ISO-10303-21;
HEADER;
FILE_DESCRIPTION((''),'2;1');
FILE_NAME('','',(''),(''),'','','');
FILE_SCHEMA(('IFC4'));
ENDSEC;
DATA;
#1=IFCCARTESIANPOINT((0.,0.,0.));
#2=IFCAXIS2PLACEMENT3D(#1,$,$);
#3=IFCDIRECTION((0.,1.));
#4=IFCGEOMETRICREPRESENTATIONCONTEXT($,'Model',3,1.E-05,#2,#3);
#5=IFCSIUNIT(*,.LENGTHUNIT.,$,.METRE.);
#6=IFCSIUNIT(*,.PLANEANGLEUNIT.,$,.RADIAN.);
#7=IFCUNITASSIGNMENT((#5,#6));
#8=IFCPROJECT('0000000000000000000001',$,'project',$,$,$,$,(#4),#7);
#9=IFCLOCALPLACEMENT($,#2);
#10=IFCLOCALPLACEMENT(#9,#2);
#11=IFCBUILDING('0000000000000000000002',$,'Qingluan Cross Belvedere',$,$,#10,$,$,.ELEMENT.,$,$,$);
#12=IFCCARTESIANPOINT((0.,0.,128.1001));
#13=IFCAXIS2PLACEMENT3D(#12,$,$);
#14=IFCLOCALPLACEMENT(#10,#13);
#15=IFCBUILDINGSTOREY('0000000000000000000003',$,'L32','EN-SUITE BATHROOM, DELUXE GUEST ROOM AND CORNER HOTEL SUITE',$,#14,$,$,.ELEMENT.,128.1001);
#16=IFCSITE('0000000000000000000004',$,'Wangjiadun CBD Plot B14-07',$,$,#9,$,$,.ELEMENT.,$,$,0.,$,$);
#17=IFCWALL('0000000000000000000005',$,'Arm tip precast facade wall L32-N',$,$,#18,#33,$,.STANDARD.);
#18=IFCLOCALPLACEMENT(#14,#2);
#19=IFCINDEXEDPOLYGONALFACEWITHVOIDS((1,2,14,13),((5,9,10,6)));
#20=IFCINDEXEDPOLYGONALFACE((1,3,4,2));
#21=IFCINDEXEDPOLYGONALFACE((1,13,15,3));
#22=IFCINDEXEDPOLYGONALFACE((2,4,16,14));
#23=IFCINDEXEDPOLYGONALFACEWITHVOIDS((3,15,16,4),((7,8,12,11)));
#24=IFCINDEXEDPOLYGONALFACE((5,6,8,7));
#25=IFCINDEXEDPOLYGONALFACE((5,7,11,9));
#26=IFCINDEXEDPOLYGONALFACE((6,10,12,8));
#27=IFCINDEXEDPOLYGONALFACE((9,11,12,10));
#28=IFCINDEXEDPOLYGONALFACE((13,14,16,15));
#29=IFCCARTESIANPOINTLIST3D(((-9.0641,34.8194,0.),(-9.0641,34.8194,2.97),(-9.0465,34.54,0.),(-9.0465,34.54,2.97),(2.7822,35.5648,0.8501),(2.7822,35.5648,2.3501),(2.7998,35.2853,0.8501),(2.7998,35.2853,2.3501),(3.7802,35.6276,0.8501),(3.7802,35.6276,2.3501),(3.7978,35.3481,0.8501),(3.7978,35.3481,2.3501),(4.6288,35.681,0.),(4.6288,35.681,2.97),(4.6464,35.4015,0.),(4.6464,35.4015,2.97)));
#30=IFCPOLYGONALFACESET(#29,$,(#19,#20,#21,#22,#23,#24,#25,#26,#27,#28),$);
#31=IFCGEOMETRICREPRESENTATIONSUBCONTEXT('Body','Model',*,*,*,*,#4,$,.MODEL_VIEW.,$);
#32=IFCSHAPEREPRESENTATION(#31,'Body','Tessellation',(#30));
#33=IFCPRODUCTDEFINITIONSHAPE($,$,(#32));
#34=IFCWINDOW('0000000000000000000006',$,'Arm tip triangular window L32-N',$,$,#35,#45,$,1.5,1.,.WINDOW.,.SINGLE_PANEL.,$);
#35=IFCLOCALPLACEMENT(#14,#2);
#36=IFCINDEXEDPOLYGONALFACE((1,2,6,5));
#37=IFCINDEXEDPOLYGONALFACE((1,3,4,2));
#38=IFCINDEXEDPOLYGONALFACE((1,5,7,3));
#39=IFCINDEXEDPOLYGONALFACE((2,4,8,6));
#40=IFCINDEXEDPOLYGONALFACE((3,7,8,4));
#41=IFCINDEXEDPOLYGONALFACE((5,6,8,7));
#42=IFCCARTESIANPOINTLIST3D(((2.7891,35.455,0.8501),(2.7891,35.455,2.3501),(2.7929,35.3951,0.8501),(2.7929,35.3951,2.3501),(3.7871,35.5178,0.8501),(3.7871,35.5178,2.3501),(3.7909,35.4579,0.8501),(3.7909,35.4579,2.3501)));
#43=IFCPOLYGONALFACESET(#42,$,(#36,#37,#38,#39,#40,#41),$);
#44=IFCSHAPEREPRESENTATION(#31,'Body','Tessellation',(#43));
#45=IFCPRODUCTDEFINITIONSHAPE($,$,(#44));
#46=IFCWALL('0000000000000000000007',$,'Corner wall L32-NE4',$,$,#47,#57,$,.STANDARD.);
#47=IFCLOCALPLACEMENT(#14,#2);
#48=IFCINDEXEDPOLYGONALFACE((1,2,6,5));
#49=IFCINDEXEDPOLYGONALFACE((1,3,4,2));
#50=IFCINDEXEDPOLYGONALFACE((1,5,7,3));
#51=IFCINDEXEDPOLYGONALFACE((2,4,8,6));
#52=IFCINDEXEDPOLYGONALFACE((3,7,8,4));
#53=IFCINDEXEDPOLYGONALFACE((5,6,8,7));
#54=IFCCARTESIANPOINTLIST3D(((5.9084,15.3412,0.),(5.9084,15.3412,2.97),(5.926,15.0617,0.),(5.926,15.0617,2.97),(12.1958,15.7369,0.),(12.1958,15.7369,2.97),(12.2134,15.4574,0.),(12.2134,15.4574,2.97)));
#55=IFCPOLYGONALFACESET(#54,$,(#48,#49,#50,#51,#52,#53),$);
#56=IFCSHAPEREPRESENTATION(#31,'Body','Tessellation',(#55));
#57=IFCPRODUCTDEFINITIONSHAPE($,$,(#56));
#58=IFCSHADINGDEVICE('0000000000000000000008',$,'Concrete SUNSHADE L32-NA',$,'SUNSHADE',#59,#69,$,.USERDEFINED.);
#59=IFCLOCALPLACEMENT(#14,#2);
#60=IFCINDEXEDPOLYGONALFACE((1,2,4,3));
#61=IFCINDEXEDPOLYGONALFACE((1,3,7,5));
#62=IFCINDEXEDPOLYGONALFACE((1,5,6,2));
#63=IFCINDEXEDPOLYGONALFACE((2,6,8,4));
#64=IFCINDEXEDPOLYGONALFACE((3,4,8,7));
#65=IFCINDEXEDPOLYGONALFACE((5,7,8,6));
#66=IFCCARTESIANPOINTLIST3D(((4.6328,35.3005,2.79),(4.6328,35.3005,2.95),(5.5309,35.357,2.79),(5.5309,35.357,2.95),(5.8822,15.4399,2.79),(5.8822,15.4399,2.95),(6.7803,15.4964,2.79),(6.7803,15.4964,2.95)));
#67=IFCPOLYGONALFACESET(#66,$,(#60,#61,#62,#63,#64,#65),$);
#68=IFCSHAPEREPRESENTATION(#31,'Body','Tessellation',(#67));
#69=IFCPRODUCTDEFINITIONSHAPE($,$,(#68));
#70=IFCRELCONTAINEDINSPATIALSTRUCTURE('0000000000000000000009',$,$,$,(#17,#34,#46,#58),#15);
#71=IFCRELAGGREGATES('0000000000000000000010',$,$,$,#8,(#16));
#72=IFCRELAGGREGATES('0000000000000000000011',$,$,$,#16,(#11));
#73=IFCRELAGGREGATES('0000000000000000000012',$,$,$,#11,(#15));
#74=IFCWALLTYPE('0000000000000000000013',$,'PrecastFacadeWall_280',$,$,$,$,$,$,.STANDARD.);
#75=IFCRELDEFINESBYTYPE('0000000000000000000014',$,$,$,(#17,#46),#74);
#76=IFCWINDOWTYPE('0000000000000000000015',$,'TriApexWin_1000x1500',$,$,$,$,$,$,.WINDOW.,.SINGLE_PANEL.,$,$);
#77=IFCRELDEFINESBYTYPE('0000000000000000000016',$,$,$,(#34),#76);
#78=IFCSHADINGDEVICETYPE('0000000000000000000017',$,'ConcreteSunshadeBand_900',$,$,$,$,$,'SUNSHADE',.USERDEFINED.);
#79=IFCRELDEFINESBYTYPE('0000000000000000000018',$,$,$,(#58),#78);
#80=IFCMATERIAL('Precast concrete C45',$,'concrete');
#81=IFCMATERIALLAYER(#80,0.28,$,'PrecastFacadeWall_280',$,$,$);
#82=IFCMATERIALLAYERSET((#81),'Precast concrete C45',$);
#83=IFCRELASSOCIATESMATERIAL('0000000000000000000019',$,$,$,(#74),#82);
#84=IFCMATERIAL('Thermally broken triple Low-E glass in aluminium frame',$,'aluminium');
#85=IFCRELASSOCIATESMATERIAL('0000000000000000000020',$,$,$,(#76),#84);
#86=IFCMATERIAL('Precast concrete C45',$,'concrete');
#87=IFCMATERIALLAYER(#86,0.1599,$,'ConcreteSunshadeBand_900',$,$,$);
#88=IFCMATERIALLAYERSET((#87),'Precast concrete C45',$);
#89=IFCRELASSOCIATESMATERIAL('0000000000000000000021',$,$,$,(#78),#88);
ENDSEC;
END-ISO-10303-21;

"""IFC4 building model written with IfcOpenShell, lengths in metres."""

from ifc_helpers import new_model, si_unit, direction, frame, frame_2d, origin, origin_2d, place, context, subcontext, project, spatial, rectangle, extrude, material, layer, layer_set, type_object, element, fill, save


model = new_model("IFC4")

# Units and contexts
model_context = context("Model", 3, precision=1e-05, world=origin(), true_north=direction((0.0, 1.0)))
body_context = subcontext(model_context, "Body", "Model", "MODEL_VIEW")
ifc_project = project(units=[si_unit("LENGTHUNIT", "METRE"), si_unit("PLANEANGLEUNIT", "RADIAN")], contexts=[model_context])

# Site, building, storey
site_placement = place(None, origin())
site = spatial("IfcSite", under=ifc_project, at=site_placement, Name="Wangjiadun CBD Plot B14-07", CompositionType="ELEMENT", RefElevation=0.0)
building_placement = place(site_placement, origin())
building = spatial("IfcBuilding", under=site, at=building_placement, Name="Qingluan Cross Belvedere", CompositionType="ELEMENT")
storey_placement = place(building_placement, frame((0.0, 0.0, 128.1001)))
storey = spatial("IfcBuildingStorey", under=building, at=storey_placement, Name="L32", Description="EN-SUITE BATHROOM, DELUXE GUEST ROOM AND CORNER HOTEL SUITE", CompositionType="ELEMENT", Elevation=128.1001)

# Wall, opening, window
ifc_material_1 = material(Name="Precast concrete C45", Category="concrete")
ifc_layer_1 = layer(ifc_material_1, 0.28, Name="PrecastFacadeWall_280")
ifc_layer_set_1 = layer_set([ifc_layer_1], Name="Precast concrete C45")
wall_type_1 = type_object("IfcWallType", Name="PrecastFacadeWall_280", PredefinedType="STANDARD", material=ifc_layer_set_1)
wall_1_placement = place(storey_placement, frame((4.6375, 35.5413, 0.0), z_axis=(0.0, 0.0, 1.0), x_axis=(-0.998026, -0.062797, 0.0)))
wall_1 = element("IfcWall", 1, at=wall_1_placement, inside=storey, type_object=wall_type_1, Name="Arm tip precast facade wall L32-N", PredefinedType="STANDARD", context=body_context, shape_type="SweptSolid", body=[
    extrude(rectangle(XDim=13.72, YDim=0.28, at=frame_2d((6.8599, 0.0))), origin(), (0.0, 0.0, 1.0), 2.97),
])
opening_1_placement = place(wall_1_placement, frame((0.8501, 0.0, 0.8501)))
opening_1 = element("IfcOpeningElement", 2, at=opening_1_placement, cuts=wall_1, PredefinedType="OPENING", context=body_context, shape_type="SweptSolid", body=[
    extrude(rectangle(XDim=1.0, YDim=1.5, at=frame_2d((0.5, 0.75))), frame((0.0, 0.1499, 0.0), z_axis=(0.0, -1.0, 0.0), x_axis=(1.0, 0.0, 0.0)), (0.0, 0.0, 1.0), 0.3),
])
ifc_material_2 = material(Name="Thermally broken triple Low-E glass in aluminium frame", Category="aluminium")
window_type = type_object("IfcWindowType", Name="TriApexWin_1000x1500", PartitioningType="SINGLE_PANEL", PredefinedType="WINDOW", material=ifc_material_2)
window_placement = place(opening_1_placement, origin())
window = element("IfcWindow", 3, at=window_placement, inside=storey, type_object=window_type, Name="Arm tip triangular window L32-N", OverallHeight=1.5, OverallWidth=1.0, PartitioningType="SINGLE_PANEL", PredefinedType="WINDOW", context=body_context, shape_type="SweptSolid", body=[
    extrude(rectangle(XDim=1.0, YDim=1.5, at=frame_2d((0.5, 0.75))), frame((0.0, 0.03, 0.0), z_axis=(0.0, -1.0, 0.0), x_axis=(1.0, 0.0, 0.0)), (0.0, 0.0, 1.0), 0.0601),
])
fill(opening_1, window)

# Wall
wall_2_placement = place(storey_placement, frame((12.2046, 15.5972, 0.0), z_axis=(0.0, 0.0, 1.0), x_axis=(-0.998025, -0.06282, 0.0)))
element("IfcWall", 4, at=wall_2_placement, inside=storey, type_object=wall_type_1, Name="Corner wall L32-NE4", PredefinedType="STANDARD", context=body_context, shape_type="SweptSolid", body=[
    extrude(rectangle(XDim=6.2998, YDim=0.28, at=frame_2d((3.1499, 0.0))), origin(), (0.0, 0.0, 1.0), 2.97),
])

# Shading device
ifc_material_3 = material(Name="Precast concrete C45", Category="concrete")
ifc_layer_2 = layer(ifc_material_3, 0.1599, Name="ConcreteSunshadeBand_900")
ifc_layer_set_2 = layer_set([ifc_layer_2], Name="Precast concrete C45")
shading_device_type = type_object("IfcShadingDeviceType", Name="ConcreteSunshadeBand_900", ElementType="SUNSHADE", PredefinedType="USERDEFINED", material=ifc_layer_set_2)
shading_device_placement = place(storey_placement, frame((5.7065, 25.3984, 2.79), z_axis=(0.0, 0.0, 1.0), x_axis=(-0.062786, 0.998027, 0.0)))
element("IfcShadingDevice", 5, at=shading_device_placement, inside=storey, type_object=shading_device_type, Name="Concrete SUNSHADE L32-NA", ObjectType="SUNSHADE", PredefinedType="USERDEFINED", context=body_context, shape_type="SweptSolid", body=[
    extrude(rectangle(XDim=19.8999, YDim=0.8999, at=origin_2d()), origin(), (0.0, 0.0, 1.0), 0.1599),
])

save(model, "model.ifc")
